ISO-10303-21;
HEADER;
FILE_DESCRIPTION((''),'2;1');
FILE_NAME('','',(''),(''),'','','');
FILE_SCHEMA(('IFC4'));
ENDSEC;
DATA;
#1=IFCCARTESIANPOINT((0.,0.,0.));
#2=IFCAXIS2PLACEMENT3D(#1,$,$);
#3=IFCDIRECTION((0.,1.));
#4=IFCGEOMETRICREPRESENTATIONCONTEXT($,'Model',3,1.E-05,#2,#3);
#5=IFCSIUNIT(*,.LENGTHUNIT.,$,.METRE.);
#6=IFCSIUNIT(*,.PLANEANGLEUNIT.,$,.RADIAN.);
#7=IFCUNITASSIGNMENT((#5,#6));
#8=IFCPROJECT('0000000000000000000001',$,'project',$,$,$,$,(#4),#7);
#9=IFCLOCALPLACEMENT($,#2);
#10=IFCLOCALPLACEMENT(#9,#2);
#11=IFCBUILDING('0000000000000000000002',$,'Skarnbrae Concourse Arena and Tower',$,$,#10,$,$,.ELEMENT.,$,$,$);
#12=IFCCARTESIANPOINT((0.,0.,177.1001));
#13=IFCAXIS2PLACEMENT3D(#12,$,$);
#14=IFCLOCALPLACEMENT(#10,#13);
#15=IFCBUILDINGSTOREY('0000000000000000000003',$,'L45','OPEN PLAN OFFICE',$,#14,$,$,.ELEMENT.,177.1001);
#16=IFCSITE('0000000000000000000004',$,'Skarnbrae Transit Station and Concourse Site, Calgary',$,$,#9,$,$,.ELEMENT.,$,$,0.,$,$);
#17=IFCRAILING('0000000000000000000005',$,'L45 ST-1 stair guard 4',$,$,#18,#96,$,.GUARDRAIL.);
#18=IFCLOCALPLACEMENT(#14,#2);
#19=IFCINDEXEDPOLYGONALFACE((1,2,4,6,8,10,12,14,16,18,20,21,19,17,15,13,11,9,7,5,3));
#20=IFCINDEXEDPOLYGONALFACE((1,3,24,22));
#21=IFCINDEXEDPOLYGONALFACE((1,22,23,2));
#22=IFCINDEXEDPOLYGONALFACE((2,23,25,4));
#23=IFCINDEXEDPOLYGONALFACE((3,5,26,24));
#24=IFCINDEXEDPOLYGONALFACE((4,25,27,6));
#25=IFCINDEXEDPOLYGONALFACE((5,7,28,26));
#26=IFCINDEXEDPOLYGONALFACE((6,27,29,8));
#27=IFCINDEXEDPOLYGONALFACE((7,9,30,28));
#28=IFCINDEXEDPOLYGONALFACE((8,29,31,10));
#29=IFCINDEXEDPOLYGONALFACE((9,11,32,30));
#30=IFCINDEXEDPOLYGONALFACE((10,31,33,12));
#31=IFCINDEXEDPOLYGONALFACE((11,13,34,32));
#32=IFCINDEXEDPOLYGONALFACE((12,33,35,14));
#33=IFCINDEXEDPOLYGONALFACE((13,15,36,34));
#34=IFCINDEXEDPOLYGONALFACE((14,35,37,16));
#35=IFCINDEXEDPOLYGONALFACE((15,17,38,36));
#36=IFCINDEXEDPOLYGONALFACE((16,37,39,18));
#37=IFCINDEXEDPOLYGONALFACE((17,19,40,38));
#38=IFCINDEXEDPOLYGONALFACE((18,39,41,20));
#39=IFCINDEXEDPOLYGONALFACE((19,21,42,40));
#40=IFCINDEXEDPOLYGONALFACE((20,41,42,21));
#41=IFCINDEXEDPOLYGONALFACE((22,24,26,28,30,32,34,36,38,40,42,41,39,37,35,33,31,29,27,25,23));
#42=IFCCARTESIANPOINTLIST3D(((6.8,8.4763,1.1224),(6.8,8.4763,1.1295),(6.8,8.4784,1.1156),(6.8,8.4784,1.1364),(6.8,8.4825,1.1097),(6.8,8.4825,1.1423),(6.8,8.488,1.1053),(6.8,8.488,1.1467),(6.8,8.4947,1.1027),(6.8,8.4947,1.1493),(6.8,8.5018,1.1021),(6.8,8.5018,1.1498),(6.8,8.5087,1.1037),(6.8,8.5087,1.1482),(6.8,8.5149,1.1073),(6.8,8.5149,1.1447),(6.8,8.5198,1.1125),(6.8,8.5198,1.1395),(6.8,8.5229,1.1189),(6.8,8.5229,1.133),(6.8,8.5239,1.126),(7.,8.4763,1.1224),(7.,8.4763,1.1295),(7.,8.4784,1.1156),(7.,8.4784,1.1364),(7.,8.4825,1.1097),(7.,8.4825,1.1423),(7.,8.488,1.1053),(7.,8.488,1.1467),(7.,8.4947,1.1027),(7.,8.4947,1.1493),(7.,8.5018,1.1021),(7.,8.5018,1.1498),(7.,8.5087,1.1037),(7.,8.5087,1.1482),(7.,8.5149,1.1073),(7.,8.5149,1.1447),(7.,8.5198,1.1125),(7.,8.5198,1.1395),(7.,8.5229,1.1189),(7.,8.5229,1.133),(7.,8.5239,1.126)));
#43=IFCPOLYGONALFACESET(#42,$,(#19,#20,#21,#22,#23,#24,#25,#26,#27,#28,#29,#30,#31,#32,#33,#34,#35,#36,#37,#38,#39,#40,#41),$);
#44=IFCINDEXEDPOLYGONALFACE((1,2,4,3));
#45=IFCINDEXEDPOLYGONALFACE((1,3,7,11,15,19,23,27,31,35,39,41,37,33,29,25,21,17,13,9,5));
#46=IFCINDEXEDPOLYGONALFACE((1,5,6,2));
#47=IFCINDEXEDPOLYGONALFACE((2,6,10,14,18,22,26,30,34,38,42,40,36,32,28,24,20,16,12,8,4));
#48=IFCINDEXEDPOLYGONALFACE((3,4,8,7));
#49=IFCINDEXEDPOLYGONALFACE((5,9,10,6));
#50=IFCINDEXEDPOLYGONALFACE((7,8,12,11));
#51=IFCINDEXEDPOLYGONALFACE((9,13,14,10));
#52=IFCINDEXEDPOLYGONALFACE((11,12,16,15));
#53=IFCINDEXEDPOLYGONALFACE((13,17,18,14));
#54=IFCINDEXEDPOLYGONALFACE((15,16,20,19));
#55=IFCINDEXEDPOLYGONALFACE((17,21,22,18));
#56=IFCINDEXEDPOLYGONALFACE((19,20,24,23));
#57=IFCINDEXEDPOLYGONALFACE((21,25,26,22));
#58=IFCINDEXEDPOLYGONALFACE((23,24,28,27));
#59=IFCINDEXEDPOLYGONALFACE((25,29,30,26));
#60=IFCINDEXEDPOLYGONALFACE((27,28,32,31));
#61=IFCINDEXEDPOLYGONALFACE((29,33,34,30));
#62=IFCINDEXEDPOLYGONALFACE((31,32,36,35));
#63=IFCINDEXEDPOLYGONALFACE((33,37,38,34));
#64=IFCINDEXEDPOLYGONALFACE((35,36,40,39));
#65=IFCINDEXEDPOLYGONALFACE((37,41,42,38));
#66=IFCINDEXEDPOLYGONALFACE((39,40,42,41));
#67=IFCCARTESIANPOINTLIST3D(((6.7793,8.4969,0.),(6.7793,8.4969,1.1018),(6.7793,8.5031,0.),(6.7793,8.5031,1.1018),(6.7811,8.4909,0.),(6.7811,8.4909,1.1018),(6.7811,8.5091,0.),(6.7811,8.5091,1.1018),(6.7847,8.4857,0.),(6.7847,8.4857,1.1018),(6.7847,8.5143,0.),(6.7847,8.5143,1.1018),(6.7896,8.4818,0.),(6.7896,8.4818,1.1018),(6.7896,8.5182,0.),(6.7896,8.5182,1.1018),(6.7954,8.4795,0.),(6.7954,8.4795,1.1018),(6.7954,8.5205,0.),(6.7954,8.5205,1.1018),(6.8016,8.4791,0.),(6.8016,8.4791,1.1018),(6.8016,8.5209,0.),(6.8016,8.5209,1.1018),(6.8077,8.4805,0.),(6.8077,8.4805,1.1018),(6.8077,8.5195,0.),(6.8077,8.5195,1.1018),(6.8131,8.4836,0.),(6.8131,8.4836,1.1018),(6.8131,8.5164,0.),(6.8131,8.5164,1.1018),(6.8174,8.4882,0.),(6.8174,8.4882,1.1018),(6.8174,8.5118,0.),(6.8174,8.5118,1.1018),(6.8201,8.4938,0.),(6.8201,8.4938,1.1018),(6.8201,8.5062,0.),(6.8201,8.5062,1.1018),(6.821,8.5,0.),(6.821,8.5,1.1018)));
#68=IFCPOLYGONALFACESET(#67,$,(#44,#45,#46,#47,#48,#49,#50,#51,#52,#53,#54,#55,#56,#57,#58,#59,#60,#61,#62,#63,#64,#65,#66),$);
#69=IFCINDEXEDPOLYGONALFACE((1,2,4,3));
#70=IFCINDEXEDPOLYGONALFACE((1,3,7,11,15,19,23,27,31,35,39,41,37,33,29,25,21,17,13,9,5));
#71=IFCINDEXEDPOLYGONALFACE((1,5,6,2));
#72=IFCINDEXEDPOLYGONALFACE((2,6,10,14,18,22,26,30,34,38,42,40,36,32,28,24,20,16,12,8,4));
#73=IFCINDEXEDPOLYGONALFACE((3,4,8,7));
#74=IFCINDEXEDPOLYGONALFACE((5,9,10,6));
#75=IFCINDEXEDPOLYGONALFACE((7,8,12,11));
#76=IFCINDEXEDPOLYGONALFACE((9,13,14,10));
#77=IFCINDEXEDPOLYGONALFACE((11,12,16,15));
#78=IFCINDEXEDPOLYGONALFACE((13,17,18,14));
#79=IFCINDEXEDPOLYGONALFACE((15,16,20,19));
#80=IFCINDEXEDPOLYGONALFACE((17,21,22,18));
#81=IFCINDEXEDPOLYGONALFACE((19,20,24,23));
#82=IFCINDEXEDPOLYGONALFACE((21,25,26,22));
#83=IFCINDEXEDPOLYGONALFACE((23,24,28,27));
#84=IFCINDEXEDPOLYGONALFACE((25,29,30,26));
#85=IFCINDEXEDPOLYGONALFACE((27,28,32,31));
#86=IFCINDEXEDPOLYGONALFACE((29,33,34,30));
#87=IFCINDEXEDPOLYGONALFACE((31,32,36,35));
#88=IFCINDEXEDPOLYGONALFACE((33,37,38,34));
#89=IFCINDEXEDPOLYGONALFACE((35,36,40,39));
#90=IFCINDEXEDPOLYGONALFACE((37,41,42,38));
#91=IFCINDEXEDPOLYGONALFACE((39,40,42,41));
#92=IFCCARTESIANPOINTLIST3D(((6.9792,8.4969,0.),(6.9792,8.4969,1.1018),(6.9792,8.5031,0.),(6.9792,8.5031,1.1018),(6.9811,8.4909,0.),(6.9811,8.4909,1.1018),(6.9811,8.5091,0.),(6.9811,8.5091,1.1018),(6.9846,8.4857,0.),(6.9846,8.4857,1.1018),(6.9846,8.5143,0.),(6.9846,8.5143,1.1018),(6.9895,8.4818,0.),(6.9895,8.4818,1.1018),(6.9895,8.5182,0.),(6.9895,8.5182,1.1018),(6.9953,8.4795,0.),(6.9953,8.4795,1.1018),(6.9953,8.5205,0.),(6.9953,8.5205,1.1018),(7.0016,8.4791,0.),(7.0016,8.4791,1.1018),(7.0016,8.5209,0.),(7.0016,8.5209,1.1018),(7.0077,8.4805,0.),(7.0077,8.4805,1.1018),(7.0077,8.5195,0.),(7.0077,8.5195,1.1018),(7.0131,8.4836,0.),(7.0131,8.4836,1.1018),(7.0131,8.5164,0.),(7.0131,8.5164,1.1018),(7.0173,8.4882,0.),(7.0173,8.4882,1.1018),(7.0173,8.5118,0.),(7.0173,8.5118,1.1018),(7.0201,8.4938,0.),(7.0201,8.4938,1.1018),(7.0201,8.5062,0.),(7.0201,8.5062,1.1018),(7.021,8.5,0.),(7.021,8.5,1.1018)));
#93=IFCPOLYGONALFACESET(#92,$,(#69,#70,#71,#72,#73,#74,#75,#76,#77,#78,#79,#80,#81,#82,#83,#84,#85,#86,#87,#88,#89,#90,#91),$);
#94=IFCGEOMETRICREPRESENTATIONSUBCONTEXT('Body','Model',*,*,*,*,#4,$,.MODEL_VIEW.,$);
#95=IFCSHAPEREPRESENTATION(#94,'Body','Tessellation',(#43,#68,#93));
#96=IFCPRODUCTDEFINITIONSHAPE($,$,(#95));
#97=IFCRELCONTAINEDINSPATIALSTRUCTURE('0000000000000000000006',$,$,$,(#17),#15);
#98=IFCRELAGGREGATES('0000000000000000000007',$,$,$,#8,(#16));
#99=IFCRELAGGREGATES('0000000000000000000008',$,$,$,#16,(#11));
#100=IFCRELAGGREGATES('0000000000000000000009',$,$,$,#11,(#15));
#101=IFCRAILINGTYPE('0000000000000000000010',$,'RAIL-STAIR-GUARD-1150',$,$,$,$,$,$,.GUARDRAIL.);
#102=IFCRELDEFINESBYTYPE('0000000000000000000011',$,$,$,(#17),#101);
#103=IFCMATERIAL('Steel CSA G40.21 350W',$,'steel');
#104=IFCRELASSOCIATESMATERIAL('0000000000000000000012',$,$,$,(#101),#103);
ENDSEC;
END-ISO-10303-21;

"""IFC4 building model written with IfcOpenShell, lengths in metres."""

from ifc_helpers import new_model, si_unit, direction, frame, origin, origin_2d, place, context, subcontext, project, spatial, circle, extrude, material, type_object, element, save


model = new_model("IFC4")

# Units and contexts
model_context = context("Model", 3, precision=1e-05, world=origin(), true_north=direction((0.0, 1.0)))
body_context = subcontext(model_context, "Body", "Model", "MODEL_VIEW")
ifc_project = project(units=[si_unit("LENGTHUNIT", "METRE"), si_unit("PLANEANGLEUNIT", "RADIAN")], contexts=[model_context])

# Site, building, storey
site_placement = place(None, origin())
site = spatial("IfcSite", under=ifc_project, at=site_placement, Name="Skarnbrae Transit Station and Concourse Site, Calgary", CompositionType="ELEMENT", RefElevation=0.0)
building_placement = place(site_placement, origin())
building = spatial("IfcBuilding", under=site, at=building_placement, Name="Skarnbrae Concourse Arena and Tower", CompositionType="ELEMENT")
storey_placement = place(building_placement, frame((0.0, 0.0, 177.1001)))
storey = spatial("IfcBuildingStorey", under=building, at=storey_placement, Name="L45", Description="OPEN PLAN OFFICE", CompositionType="ELEMENT", Elevation=177.1001)

# Shared definitions
ifc_material_1 = material(Name="Steel CSA G40.21 350W", Category="steel")

# Railing
railing_type_1 = type_object("IfcRailingType", Name="RAIL-STAIR-GUARD-1150", PredefinedType="GUARDRAIL", material=ifc_material_1)
railing_1_placement = place(storey_placement, frame((6.8, 8.5, 0.0)))
element("IfcRailing", 1, at=railing_1_placement, inside=storey, type_object=railing_type_1, Name="L45 ST-1 stair guard 4", PredefinedType="GUARDRAIL", context=body_context, shape_type="SweptSolid", body=[
    extrude(circle(Radius=0.0239, at=origin_2d()), frame((0.0, 0.0, 1.126), z_axis=(1.0, 0.0, 0.0), x_axis=(0.0, 1.0, 0.0)), (0.0, 0.0, 1.0), 0.2),
    extrude(circle(Radius=0.021, at=origin_2d()), origin(), (0.0, 0.0, 1.0), 1.1018),
    extrude(circle(Radius=0.021, at=origin_2d()), frame((0.2, 0.0, 0.0)), (0.0, 0.0, 1.0), 1.1018),
])

save(model, "model.ifc")
